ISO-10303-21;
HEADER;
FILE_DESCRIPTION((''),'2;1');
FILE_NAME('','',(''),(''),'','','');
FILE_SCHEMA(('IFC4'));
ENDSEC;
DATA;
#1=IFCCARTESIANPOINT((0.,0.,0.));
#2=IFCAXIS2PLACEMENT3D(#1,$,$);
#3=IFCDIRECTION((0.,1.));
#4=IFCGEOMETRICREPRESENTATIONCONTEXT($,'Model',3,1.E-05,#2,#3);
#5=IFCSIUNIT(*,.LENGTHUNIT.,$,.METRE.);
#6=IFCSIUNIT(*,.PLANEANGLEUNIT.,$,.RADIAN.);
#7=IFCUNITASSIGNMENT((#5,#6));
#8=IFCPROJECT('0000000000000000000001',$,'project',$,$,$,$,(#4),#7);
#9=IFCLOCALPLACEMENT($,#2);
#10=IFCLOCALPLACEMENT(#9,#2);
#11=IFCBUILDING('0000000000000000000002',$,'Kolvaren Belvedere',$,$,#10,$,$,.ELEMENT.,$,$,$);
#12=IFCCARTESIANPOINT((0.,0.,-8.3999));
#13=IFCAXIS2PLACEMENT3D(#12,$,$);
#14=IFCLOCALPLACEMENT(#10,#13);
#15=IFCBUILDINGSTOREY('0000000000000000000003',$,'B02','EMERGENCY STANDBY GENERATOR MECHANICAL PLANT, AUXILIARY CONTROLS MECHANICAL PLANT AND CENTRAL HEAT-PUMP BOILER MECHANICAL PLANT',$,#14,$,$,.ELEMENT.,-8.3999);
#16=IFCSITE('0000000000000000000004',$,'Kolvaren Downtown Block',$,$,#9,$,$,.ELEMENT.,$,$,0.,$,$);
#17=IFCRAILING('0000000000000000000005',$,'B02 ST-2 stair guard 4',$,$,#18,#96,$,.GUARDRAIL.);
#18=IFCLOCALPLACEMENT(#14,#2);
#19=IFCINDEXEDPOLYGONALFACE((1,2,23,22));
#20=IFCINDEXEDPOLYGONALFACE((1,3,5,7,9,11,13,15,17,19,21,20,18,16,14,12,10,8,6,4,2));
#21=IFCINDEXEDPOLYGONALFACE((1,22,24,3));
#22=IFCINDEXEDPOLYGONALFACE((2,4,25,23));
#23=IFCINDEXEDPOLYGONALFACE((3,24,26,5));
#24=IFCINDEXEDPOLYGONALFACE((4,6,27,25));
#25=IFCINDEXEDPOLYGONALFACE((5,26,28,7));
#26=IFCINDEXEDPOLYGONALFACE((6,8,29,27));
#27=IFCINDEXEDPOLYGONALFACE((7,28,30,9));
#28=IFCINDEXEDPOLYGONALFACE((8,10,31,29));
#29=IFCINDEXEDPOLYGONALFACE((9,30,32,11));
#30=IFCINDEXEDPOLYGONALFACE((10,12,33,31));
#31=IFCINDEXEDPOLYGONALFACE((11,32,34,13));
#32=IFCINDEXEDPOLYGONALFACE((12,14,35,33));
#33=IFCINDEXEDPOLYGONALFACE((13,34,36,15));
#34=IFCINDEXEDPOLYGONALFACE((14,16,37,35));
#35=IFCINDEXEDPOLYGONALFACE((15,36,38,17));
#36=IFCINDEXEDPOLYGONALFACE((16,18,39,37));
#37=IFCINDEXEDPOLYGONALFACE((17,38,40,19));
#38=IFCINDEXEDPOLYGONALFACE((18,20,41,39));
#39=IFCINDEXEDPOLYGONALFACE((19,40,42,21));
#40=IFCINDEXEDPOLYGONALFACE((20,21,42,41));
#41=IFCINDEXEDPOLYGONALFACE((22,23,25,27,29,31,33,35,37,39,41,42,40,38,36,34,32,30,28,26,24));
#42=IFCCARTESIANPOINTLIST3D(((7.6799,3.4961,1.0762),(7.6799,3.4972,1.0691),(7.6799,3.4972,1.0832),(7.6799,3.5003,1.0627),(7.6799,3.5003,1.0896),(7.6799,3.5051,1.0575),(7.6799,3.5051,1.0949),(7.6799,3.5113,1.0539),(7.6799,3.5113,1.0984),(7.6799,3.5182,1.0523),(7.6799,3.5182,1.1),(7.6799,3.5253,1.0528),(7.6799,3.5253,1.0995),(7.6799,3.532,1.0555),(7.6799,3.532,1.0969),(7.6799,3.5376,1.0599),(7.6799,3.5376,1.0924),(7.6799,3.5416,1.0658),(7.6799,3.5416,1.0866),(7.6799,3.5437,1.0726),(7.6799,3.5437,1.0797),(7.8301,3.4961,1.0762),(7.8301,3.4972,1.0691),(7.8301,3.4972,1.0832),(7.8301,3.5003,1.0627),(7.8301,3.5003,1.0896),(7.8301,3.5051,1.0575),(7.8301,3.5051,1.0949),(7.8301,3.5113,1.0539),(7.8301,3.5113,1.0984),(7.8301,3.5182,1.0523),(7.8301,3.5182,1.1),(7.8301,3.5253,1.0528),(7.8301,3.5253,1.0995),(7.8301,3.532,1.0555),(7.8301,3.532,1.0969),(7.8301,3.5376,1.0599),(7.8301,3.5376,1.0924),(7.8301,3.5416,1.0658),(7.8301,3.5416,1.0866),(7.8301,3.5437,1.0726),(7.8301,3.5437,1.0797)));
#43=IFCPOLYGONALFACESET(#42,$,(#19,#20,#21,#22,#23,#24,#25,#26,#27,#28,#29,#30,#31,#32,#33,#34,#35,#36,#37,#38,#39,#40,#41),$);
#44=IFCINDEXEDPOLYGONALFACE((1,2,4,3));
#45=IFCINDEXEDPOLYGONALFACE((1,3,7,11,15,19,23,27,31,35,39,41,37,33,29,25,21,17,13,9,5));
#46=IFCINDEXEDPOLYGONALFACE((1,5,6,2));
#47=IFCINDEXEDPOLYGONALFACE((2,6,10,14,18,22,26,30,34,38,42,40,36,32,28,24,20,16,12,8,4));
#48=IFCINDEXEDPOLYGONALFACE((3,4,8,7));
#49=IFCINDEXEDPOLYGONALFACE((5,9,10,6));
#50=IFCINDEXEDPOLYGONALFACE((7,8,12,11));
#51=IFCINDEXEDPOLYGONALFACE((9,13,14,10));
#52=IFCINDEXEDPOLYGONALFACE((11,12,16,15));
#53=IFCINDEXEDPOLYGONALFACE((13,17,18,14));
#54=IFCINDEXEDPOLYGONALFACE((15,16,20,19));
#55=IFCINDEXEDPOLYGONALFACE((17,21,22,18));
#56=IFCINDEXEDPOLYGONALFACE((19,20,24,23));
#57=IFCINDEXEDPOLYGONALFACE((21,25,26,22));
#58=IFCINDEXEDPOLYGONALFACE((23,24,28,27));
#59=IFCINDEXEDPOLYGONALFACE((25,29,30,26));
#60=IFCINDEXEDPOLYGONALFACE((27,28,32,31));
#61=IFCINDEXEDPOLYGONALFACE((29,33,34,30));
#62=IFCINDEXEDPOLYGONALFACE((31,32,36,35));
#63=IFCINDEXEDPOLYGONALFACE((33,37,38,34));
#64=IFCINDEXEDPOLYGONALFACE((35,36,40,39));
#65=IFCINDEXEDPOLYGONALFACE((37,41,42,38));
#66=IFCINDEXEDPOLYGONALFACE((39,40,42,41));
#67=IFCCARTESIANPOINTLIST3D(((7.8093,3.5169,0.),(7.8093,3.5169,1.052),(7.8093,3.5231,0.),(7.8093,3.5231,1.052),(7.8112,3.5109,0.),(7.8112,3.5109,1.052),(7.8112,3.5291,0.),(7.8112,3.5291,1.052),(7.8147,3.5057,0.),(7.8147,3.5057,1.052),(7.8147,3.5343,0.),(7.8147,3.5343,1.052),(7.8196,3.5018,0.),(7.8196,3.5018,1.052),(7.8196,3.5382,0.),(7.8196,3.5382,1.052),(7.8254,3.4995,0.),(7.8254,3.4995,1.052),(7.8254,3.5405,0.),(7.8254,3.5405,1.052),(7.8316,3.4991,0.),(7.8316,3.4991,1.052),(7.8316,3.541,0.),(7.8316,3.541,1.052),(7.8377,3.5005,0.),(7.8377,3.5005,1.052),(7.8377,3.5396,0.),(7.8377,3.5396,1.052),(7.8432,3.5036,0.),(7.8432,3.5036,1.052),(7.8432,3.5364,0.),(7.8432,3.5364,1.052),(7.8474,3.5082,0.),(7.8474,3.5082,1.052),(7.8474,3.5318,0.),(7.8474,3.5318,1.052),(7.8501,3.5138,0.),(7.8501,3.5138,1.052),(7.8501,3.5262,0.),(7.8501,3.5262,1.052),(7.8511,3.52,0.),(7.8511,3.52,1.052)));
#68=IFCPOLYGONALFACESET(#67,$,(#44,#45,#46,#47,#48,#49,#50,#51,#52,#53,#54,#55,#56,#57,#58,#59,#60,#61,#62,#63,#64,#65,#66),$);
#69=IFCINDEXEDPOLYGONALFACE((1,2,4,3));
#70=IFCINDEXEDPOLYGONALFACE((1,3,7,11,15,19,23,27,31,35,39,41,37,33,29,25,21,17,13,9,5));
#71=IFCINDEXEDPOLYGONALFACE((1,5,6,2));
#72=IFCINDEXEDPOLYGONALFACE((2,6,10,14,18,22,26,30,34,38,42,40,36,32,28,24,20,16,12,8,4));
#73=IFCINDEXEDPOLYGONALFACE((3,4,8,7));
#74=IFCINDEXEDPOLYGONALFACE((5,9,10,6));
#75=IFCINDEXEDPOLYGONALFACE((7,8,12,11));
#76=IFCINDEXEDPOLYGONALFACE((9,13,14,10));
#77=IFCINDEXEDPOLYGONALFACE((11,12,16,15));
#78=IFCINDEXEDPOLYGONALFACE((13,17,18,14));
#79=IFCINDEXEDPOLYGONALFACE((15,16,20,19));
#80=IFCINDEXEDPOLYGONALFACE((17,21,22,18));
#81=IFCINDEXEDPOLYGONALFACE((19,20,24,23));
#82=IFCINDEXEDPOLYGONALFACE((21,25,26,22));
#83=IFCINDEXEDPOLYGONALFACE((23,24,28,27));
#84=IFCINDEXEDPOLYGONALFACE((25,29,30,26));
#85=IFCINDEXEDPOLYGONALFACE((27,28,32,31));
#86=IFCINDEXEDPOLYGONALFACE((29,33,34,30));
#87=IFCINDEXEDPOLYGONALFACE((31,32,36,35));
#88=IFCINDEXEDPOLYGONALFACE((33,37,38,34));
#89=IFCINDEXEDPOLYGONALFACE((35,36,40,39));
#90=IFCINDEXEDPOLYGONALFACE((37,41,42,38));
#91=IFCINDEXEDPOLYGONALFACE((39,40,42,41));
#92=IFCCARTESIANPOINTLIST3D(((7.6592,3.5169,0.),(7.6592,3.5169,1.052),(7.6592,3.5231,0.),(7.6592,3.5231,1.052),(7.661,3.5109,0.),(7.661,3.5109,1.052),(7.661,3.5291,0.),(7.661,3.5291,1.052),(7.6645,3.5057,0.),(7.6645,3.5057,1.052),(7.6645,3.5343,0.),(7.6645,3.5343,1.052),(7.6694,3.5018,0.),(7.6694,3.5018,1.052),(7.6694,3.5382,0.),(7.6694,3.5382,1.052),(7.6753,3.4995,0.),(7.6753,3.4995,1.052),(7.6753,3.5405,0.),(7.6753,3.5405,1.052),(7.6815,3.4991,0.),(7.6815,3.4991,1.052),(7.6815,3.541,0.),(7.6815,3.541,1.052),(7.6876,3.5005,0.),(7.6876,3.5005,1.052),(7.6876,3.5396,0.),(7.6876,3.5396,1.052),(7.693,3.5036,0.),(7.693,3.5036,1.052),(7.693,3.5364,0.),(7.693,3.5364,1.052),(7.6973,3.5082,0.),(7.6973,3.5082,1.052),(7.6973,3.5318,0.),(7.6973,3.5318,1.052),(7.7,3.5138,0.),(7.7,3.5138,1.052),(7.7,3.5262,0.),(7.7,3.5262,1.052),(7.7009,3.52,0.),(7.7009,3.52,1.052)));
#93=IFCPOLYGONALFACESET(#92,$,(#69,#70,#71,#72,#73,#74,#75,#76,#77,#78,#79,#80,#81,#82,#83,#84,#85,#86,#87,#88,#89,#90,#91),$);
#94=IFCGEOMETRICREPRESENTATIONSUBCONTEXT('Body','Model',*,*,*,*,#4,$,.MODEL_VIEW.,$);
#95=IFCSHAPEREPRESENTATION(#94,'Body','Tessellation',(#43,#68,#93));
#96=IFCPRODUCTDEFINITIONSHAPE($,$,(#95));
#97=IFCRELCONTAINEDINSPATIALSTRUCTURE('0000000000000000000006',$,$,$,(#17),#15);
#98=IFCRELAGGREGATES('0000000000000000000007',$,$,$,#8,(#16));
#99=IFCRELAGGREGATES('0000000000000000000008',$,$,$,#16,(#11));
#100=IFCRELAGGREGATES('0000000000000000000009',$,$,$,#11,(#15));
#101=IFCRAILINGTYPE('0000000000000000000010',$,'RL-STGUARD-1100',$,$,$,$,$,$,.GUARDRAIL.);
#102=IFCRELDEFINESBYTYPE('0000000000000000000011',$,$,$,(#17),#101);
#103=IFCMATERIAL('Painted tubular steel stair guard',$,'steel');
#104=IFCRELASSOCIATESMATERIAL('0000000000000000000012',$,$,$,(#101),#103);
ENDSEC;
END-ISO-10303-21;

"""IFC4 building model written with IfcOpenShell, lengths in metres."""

from ifc_helpers import new_model, si_unit, direction, frame, origin, origin_2d, place, context, subcontext, project, spatial, circle, extrude, material, type_object, element, save


model = new_model("IFC4")

# Units and contexts
model_context = context("Model", 3, precision=1e-05, world=origin(), true_north=direction((0.0, 1.0)))
body_context = subcontext(model_context, "Body", "Model", "MODEL_VIEW")
ifc_project = project(units=[si_unit("LENGTHUNIT", "METRE"), si_unit("PLANEANGLEUNIT", "RADIAN")], contexts=[model_context])

# Site, building, storey
site_placement = place(None, origin())
site = spatial("IfcSite", under=ifc_project, at=site_placement, Name="Kolvaren Downtown Block", CompositionType="ELEMENT", RefElevation=0.0)
building_placement = place(site_placement, origin())
building = spatial("IfcBuilding", under=site, at=building_placement, Name="Kolvaren Belvedere", CompositionType="ELEMENT")
storey_placement = place(building_placement, frame((0.0, 0.0, -8.3999)))
storey = spatial("IfcBuildingStorey", under=building, at=storey_placement, Name="B02", Description="EMERGENCY STANDBY GENERATOR MECHANICAL PLANT, AUXILIARY CONTROLS MECHANICAL PLANT AND CENTRAL HEAT-PUMP BOILER MECHANICAL PLANT", CompositionType="ELEMENT", Elevation=-8.3999)

# Railing
ifc_material_1 = material(Name="Painted tubular steel stair guard", Category="steel")
railing_type_1 = type_object("IfcRailingType", Name="RL-STGUARD-1100", PredefinedType="GUARDRAIL", material=ifc_material_1)
railing_1_placement = place(storey_placement, frame((7.8301, 3.52, 0.0)))
element("IfcRailing", 1, at=railing_1_placement, inside=storey, type_object=railing_type_1, Name="B02 ST-2 stair guard 4", PredefinedType="GUARDRAIL", context=body_context, shape_type="SweptSolid", body=[
    extrude(circle(Radius=0.0239, at=origin_2d()), frame((0.0, 0.0, 1.0762), z_axis=(-1.0, 0.0, 0.0), x_axis=(0.0, -1.0, 0.0)), (0.0, 0.0, 1.0), 0.1501),
    extrude(circle(Radius=0.021, at=origin_2d()), origin(), (0.0, 0.0, 1.0), 1.052),
    extrude(circle(Radius=0.021, at=origin_2d()), frame((-0.1501, 0.0, 0.0)), (0.0, 0.0, 1.0), 1.052),
])

save(model, "model.ifc")
